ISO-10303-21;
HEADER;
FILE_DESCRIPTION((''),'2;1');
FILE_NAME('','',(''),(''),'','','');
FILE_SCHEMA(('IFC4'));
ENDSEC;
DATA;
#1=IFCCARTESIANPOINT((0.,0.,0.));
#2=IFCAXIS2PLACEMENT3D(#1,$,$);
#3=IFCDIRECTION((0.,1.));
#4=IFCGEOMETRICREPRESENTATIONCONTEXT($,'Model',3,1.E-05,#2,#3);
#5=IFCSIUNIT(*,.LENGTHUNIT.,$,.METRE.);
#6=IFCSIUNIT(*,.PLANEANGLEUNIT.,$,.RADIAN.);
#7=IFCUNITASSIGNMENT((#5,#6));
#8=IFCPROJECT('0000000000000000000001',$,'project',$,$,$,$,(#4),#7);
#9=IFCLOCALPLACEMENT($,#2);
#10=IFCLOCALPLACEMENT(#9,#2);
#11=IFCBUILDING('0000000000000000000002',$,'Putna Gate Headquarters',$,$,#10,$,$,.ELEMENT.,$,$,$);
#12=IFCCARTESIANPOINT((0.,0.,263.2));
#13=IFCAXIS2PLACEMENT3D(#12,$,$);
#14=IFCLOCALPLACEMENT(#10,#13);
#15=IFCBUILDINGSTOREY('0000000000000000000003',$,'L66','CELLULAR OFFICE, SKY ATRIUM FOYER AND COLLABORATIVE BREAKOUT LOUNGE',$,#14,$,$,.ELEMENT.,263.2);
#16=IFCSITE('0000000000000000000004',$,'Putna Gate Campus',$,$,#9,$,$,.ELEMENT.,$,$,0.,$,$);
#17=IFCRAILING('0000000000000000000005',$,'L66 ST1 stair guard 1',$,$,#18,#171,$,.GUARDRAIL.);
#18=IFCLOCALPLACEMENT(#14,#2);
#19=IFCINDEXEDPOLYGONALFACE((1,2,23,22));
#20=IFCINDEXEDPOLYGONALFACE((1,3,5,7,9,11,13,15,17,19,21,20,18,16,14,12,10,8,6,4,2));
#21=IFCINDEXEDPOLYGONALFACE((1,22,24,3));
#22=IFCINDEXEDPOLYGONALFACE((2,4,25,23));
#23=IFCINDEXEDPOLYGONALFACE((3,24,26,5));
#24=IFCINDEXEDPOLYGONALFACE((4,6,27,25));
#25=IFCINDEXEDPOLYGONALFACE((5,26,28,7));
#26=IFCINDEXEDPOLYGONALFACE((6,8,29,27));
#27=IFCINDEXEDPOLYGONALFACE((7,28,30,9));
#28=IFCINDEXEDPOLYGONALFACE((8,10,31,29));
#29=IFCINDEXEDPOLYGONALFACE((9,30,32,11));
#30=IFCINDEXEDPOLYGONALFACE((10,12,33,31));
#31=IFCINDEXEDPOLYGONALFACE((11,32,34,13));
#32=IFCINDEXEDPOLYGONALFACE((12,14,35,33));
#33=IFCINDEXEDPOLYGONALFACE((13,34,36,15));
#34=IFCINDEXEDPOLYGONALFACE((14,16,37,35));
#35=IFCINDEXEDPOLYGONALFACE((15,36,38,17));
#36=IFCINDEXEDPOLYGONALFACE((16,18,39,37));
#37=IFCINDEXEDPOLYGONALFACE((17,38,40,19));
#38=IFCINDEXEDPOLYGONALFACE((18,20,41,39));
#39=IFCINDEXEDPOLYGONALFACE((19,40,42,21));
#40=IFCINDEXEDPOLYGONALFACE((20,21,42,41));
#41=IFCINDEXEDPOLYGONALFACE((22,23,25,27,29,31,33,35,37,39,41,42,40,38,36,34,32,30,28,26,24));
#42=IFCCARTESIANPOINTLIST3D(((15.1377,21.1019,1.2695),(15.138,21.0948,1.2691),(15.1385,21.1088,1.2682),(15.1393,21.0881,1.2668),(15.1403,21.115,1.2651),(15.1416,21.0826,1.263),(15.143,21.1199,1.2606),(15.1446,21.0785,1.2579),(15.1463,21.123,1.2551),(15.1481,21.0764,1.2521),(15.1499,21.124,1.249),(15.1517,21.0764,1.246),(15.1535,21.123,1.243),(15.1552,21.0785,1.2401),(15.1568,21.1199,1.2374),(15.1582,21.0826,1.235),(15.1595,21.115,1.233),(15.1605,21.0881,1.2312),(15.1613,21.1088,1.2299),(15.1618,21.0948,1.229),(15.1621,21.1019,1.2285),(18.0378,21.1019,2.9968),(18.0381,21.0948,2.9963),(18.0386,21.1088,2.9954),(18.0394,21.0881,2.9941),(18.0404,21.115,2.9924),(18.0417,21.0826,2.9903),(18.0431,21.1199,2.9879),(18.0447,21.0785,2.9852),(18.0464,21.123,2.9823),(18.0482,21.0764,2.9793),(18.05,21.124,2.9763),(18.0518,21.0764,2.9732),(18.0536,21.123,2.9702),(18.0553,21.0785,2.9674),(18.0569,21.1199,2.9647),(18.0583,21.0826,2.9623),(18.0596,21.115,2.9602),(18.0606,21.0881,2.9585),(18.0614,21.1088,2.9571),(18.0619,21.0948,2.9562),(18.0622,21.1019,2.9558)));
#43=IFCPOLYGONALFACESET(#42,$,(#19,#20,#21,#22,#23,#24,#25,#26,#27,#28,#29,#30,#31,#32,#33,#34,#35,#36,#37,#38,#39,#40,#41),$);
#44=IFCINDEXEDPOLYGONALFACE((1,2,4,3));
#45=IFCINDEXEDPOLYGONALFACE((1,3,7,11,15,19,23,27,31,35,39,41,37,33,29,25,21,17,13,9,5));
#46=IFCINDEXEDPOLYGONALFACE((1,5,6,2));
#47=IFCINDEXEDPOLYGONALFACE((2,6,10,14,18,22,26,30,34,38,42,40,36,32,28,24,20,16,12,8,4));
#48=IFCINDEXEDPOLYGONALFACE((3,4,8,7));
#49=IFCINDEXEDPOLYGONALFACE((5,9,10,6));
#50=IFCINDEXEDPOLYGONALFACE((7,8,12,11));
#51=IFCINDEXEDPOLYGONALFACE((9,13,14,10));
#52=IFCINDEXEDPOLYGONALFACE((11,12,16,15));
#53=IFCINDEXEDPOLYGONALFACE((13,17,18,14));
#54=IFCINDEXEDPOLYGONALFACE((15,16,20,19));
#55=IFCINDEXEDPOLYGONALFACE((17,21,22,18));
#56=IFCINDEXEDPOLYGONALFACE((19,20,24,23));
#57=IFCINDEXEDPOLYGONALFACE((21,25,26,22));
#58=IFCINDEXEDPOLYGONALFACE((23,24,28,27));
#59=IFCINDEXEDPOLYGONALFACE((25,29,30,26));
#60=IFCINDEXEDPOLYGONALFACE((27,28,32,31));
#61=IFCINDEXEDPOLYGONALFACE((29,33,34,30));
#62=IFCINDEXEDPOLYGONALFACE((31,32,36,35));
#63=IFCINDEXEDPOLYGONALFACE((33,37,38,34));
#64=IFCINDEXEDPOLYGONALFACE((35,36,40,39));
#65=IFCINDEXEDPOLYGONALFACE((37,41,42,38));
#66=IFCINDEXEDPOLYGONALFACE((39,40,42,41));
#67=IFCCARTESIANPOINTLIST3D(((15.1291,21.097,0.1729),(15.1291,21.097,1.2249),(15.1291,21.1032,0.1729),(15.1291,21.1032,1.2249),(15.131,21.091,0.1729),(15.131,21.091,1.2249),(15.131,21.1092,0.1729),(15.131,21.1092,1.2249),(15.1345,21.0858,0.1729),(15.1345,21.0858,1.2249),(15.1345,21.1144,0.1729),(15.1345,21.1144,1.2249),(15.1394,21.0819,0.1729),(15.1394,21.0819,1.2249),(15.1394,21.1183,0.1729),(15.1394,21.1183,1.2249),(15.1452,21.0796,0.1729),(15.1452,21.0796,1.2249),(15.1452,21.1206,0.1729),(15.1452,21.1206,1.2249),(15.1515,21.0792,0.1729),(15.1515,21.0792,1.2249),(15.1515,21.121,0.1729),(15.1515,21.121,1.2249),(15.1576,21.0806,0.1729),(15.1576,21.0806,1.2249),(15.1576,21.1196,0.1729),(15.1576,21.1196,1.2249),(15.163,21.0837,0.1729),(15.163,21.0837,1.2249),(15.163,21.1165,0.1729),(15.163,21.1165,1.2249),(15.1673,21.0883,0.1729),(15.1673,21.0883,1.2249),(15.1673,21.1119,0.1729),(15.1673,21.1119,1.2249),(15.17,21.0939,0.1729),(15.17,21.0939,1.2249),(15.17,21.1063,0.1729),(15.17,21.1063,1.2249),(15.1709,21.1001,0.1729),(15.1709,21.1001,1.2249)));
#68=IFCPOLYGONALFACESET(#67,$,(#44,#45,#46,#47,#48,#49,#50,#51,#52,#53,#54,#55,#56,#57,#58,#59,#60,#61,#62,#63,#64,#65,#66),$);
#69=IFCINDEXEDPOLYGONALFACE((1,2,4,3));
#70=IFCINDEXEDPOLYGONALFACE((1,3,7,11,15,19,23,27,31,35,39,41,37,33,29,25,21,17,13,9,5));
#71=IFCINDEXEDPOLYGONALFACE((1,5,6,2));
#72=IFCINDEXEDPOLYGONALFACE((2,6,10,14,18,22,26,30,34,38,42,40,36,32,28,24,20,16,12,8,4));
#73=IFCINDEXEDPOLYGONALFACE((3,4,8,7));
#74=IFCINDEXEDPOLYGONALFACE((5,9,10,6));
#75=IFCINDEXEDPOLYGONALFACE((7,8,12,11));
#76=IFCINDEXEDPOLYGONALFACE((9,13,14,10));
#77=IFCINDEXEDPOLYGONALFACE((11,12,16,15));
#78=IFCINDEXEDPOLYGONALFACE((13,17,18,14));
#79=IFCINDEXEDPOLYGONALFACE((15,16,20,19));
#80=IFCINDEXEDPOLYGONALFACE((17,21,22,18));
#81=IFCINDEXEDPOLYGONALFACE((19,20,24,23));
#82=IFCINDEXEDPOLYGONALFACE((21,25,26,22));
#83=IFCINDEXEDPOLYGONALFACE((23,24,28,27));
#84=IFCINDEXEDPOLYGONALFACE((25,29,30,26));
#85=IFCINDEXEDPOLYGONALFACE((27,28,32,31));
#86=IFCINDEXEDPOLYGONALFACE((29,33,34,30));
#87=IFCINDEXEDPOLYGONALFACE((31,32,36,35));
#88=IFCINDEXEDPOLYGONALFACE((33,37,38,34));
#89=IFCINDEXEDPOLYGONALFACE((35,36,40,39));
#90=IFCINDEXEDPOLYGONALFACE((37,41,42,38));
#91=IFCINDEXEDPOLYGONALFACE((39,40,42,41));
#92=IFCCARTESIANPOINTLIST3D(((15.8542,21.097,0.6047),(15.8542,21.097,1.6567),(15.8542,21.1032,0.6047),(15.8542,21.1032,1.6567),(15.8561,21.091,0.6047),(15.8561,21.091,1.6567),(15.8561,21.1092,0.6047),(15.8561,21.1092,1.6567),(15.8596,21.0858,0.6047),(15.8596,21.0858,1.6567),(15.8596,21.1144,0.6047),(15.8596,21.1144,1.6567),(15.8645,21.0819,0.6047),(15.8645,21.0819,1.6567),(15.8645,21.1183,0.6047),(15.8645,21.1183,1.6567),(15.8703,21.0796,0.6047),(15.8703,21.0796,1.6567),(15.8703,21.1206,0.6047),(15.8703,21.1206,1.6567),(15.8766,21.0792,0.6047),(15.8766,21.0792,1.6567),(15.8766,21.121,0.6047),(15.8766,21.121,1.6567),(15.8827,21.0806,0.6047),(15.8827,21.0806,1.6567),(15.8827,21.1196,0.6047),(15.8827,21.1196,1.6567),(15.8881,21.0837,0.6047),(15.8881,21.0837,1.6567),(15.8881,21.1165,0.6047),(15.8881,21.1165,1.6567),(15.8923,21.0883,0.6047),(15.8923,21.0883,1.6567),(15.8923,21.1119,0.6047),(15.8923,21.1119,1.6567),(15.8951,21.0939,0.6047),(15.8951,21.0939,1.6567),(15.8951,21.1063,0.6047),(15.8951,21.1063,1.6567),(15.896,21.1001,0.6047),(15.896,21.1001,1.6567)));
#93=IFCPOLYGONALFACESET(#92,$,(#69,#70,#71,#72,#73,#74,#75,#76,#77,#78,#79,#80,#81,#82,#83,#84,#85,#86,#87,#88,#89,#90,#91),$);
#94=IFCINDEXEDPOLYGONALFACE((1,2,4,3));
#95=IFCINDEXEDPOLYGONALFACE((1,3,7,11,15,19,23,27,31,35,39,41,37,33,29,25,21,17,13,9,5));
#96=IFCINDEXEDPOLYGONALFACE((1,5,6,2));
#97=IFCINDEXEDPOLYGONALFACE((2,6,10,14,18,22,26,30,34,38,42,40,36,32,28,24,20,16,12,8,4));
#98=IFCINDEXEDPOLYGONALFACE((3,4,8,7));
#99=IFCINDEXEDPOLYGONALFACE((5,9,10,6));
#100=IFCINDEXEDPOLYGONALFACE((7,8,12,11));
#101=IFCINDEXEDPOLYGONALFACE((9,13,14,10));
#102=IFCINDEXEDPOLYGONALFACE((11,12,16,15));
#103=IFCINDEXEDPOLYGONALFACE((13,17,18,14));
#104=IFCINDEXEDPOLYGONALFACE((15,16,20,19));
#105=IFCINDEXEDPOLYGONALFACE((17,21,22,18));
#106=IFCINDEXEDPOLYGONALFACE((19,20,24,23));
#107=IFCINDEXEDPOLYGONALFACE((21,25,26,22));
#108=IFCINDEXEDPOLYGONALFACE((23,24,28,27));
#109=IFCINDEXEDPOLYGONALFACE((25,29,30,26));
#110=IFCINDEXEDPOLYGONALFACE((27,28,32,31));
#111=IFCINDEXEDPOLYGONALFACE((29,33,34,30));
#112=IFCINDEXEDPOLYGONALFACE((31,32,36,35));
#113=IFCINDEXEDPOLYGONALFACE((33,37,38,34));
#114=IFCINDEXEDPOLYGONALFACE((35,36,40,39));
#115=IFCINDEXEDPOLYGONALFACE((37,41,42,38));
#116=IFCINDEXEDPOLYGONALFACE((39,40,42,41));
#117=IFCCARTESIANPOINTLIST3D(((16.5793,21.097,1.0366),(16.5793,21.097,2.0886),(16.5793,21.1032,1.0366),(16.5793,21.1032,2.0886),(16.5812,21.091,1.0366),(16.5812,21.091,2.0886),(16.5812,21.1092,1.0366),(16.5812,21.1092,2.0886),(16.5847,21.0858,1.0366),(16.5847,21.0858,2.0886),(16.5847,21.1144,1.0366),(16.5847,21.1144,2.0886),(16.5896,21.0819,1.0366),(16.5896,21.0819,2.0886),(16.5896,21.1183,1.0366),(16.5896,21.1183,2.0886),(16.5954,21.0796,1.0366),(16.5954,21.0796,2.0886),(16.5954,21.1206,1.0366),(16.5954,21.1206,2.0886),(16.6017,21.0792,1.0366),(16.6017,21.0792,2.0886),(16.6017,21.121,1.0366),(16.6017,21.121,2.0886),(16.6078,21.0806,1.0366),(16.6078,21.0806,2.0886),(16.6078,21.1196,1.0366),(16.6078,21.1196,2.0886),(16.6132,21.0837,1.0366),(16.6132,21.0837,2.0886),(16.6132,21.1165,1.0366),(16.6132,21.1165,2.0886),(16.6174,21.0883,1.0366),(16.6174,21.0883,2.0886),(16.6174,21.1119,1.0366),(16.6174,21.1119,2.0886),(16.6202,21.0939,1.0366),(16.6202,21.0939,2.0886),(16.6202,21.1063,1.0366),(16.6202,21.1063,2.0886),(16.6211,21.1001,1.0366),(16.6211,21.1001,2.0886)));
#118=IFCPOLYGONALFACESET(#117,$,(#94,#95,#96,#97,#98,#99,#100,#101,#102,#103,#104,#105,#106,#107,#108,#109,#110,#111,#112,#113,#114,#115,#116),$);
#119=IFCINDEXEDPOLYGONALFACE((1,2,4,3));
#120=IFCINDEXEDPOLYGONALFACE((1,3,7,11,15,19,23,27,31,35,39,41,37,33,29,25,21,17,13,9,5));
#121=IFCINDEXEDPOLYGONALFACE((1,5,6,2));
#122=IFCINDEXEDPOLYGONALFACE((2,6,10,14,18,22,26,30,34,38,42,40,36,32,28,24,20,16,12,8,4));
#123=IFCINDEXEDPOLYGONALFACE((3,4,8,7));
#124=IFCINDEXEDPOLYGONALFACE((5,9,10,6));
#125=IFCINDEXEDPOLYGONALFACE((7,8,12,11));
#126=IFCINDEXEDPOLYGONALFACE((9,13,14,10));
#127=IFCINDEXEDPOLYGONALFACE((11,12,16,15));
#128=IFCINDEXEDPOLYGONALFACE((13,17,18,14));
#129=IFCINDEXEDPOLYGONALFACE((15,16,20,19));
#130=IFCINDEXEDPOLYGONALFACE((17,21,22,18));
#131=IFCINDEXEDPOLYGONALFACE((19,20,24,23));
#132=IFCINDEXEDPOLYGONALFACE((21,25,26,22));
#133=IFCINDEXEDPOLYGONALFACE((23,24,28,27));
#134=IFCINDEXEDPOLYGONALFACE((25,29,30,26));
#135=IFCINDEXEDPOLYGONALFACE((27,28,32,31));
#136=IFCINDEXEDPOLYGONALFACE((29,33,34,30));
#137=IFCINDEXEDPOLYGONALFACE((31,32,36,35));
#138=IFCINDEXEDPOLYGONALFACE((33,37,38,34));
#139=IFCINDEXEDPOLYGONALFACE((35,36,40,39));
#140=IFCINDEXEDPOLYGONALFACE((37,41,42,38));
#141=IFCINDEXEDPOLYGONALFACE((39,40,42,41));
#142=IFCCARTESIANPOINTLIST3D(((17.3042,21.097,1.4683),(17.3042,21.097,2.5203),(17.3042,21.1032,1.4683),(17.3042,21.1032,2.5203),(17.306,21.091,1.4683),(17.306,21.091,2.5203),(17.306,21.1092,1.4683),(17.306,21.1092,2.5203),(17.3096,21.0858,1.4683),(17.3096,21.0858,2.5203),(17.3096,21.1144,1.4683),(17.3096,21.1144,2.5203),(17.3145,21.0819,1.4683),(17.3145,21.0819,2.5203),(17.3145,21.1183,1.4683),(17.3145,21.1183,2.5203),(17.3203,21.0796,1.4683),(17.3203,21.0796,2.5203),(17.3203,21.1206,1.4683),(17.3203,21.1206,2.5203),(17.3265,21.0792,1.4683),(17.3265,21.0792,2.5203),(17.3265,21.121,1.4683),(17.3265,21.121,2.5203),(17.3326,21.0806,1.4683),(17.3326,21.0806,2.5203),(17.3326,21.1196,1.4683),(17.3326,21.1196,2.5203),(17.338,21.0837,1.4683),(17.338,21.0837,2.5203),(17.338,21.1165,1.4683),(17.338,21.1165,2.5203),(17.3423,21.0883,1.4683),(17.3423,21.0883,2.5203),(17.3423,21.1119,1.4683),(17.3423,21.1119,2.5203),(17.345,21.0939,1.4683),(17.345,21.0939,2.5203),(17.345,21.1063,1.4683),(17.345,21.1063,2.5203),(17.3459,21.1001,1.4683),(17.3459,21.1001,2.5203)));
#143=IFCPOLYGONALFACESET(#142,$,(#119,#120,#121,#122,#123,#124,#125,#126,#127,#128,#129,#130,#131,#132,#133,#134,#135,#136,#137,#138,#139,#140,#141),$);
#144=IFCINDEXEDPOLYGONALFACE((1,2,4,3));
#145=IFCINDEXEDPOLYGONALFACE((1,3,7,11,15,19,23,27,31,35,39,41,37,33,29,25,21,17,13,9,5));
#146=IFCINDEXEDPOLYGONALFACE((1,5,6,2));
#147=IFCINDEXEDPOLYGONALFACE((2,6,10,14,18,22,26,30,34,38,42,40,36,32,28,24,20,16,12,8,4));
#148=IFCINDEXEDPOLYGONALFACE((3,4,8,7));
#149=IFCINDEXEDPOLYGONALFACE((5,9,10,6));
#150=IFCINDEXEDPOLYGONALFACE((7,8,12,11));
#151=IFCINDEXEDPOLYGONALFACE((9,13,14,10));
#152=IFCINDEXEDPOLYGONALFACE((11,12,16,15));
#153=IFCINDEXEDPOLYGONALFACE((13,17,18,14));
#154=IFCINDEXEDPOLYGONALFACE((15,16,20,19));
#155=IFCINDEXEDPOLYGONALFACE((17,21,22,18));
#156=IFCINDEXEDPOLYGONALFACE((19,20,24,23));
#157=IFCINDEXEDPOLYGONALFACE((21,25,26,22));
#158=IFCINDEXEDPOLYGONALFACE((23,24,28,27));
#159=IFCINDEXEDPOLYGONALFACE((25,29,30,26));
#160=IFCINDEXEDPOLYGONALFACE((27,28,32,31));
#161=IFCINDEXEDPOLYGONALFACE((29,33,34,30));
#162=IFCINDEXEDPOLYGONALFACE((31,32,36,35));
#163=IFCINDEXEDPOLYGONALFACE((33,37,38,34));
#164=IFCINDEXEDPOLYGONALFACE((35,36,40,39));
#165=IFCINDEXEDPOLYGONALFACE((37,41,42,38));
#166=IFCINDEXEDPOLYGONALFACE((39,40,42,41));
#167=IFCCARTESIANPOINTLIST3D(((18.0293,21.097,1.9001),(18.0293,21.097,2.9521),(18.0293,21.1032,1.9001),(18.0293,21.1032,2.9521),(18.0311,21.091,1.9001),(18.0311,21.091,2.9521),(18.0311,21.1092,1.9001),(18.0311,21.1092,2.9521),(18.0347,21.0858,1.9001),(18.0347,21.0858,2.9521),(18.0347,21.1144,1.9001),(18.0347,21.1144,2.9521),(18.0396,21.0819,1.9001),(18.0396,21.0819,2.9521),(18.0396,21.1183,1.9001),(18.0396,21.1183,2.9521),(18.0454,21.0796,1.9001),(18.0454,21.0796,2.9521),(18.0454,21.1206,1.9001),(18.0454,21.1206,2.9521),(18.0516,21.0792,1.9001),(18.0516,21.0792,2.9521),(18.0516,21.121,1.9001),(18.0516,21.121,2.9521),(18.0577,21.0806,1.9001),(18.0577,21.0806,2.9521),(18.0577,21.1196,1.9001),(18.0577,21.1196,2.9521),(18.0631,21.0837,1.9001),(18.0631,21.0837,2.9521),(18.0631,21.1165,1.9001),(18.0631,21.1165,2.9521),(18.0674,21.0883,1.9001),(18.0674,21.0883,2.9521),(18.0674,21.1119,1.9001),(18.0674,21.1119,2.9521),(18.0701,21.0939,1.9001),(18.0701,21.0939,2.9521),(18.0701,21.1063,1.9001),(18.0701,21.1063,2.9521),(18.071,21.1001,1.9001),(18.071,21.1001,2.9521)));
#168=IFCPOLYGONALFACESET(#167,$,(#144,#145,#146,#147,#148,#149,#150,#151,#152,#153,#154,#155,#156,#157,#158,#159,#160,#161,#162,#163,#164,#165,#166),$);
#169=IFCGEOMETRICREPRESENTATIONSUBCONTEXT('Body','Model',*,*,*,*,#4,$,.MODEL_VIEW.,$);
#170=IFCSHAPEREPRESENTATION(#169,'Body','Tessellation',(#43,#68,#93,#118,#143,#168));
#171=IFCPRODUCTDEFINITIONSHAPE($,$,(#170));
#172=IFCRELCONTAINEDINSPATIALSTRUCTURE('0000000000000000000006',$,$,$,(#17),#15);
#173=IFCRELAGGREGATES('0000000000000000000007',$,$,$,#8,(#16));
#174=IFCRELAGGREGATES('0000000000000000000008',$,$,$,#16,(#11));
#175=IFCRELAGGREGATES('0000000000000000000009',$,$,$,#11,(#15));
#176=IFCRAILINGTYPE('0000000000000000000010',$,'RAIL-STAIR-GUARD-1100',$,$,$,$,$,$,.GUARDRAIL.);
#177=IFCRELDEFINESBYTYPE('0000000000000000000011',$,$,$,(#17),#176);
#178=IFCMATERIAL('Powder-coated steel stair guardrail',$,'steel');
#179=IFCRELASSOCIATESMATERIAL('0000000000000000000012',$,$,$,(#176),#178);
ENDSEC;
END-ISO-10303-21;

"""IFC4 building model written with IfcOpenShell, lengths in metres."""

from ifc_helpers import new_model, si_unit, direction, frame, origin, origin_2d, place, context, subcontext, project, spatial, circle, extrude, material, type_object, element, save


model = new_model("IFC4")

# Units and contexts
model_context = context("Model", 3, precision=1e-05, world=origin(), true_north=direction((0.0, 1.0)))
body_context = subcontext(model_context, "Body", "Model", "MODEL_VIEW")
ifc_project = project(units=[si_unit("LENGTHUNIT", "METRE"), si_unit("PLANEANGLEUNIT", "RADIAN")], contexts=[model_context])

# Site, building, storey
site_placement = place(None, origin())
site = spatial("IfcSite", under=ifc_project, at=site_placement, Name="Putna Gate Campus", CompositionType="ELEMENT", RefElevation=0.0)
building_placement = place(site_placement, origin())
building = spatial("IfcBuilding", under=site, at=building_placement, Name="Putna Gate Headquarters", CompositionType="ELEMENT")
storey_placement = place(building_placement, frame((0.0, 0.0, 263.2)))
storey = spatial("IfcBuildingStorey", under=building, at=storey_placement, Name="L66", Description="CELLULAR OFFICE, SKY ATRIUM FOYER AND COLLABORATIVE BREAKOUT LOUNGE", CompositionType="ELEMENT", Elevation=263.2)

# Railing
ifc_material_1 = material(Name="Powder-coated steel stair guardrail", Category="steel")
railing_type_1 = type_object("IfcRailingType", Name="RAIL-STAIR-GUARD-1100", PredefinedType="GUARDRAIL", material=ifc_material_1)
railing_1_placement = place(storey_placement, frame((15.1499, 21.1001, 0.1729)))
element("IfcRailing", 1, at=railing_1_placement, inside=storey, type_object=railing_type_1, Name="L66 ST1 stair guard 1", PredefinedType="GUARDRAIL", context=body_context, shape_type="SweptSolid", body=[
    extrude(circle(Radius=0.0239, at=origin_2d()), frame((0.0, 0.0, 1.0762), z_axis=(0.85916, 0.0, 0.511706), x_axis=(0.0, 1.0, 0.0)), (0.0, 0.0, 1.0), 3.3755),
    extrude(circle(Radius=0.021, at=origin_2d()), origin(), (0.0, 0.0, 1.0), 1.052),
    extrude(circle(Radius=0.021, at=origin_2d()), frame((0.7251, 0.0, 0.4319)), (0.0, 0.0, 1.0), 1.052),
    extrude(circle(Radius=0.021, at=origin_2d()), frame((1.4502, 0.0, 0.8638)), (0.0, 0.0, 1.0), 1.052),
    extrude(circle(Radius=0.021, at=origin_2d()), frame((2.175, 0.0, 1.2954)), (0.0, 0.0, 1.0), 1.052),
    extrude(circle(Radius=0.021, at=origin_2d()), frame((2.9001, 0.0, 1.7273)), (0.0, 0.0, 1.0), 1.052),
])

save(model, "model.ifc")
